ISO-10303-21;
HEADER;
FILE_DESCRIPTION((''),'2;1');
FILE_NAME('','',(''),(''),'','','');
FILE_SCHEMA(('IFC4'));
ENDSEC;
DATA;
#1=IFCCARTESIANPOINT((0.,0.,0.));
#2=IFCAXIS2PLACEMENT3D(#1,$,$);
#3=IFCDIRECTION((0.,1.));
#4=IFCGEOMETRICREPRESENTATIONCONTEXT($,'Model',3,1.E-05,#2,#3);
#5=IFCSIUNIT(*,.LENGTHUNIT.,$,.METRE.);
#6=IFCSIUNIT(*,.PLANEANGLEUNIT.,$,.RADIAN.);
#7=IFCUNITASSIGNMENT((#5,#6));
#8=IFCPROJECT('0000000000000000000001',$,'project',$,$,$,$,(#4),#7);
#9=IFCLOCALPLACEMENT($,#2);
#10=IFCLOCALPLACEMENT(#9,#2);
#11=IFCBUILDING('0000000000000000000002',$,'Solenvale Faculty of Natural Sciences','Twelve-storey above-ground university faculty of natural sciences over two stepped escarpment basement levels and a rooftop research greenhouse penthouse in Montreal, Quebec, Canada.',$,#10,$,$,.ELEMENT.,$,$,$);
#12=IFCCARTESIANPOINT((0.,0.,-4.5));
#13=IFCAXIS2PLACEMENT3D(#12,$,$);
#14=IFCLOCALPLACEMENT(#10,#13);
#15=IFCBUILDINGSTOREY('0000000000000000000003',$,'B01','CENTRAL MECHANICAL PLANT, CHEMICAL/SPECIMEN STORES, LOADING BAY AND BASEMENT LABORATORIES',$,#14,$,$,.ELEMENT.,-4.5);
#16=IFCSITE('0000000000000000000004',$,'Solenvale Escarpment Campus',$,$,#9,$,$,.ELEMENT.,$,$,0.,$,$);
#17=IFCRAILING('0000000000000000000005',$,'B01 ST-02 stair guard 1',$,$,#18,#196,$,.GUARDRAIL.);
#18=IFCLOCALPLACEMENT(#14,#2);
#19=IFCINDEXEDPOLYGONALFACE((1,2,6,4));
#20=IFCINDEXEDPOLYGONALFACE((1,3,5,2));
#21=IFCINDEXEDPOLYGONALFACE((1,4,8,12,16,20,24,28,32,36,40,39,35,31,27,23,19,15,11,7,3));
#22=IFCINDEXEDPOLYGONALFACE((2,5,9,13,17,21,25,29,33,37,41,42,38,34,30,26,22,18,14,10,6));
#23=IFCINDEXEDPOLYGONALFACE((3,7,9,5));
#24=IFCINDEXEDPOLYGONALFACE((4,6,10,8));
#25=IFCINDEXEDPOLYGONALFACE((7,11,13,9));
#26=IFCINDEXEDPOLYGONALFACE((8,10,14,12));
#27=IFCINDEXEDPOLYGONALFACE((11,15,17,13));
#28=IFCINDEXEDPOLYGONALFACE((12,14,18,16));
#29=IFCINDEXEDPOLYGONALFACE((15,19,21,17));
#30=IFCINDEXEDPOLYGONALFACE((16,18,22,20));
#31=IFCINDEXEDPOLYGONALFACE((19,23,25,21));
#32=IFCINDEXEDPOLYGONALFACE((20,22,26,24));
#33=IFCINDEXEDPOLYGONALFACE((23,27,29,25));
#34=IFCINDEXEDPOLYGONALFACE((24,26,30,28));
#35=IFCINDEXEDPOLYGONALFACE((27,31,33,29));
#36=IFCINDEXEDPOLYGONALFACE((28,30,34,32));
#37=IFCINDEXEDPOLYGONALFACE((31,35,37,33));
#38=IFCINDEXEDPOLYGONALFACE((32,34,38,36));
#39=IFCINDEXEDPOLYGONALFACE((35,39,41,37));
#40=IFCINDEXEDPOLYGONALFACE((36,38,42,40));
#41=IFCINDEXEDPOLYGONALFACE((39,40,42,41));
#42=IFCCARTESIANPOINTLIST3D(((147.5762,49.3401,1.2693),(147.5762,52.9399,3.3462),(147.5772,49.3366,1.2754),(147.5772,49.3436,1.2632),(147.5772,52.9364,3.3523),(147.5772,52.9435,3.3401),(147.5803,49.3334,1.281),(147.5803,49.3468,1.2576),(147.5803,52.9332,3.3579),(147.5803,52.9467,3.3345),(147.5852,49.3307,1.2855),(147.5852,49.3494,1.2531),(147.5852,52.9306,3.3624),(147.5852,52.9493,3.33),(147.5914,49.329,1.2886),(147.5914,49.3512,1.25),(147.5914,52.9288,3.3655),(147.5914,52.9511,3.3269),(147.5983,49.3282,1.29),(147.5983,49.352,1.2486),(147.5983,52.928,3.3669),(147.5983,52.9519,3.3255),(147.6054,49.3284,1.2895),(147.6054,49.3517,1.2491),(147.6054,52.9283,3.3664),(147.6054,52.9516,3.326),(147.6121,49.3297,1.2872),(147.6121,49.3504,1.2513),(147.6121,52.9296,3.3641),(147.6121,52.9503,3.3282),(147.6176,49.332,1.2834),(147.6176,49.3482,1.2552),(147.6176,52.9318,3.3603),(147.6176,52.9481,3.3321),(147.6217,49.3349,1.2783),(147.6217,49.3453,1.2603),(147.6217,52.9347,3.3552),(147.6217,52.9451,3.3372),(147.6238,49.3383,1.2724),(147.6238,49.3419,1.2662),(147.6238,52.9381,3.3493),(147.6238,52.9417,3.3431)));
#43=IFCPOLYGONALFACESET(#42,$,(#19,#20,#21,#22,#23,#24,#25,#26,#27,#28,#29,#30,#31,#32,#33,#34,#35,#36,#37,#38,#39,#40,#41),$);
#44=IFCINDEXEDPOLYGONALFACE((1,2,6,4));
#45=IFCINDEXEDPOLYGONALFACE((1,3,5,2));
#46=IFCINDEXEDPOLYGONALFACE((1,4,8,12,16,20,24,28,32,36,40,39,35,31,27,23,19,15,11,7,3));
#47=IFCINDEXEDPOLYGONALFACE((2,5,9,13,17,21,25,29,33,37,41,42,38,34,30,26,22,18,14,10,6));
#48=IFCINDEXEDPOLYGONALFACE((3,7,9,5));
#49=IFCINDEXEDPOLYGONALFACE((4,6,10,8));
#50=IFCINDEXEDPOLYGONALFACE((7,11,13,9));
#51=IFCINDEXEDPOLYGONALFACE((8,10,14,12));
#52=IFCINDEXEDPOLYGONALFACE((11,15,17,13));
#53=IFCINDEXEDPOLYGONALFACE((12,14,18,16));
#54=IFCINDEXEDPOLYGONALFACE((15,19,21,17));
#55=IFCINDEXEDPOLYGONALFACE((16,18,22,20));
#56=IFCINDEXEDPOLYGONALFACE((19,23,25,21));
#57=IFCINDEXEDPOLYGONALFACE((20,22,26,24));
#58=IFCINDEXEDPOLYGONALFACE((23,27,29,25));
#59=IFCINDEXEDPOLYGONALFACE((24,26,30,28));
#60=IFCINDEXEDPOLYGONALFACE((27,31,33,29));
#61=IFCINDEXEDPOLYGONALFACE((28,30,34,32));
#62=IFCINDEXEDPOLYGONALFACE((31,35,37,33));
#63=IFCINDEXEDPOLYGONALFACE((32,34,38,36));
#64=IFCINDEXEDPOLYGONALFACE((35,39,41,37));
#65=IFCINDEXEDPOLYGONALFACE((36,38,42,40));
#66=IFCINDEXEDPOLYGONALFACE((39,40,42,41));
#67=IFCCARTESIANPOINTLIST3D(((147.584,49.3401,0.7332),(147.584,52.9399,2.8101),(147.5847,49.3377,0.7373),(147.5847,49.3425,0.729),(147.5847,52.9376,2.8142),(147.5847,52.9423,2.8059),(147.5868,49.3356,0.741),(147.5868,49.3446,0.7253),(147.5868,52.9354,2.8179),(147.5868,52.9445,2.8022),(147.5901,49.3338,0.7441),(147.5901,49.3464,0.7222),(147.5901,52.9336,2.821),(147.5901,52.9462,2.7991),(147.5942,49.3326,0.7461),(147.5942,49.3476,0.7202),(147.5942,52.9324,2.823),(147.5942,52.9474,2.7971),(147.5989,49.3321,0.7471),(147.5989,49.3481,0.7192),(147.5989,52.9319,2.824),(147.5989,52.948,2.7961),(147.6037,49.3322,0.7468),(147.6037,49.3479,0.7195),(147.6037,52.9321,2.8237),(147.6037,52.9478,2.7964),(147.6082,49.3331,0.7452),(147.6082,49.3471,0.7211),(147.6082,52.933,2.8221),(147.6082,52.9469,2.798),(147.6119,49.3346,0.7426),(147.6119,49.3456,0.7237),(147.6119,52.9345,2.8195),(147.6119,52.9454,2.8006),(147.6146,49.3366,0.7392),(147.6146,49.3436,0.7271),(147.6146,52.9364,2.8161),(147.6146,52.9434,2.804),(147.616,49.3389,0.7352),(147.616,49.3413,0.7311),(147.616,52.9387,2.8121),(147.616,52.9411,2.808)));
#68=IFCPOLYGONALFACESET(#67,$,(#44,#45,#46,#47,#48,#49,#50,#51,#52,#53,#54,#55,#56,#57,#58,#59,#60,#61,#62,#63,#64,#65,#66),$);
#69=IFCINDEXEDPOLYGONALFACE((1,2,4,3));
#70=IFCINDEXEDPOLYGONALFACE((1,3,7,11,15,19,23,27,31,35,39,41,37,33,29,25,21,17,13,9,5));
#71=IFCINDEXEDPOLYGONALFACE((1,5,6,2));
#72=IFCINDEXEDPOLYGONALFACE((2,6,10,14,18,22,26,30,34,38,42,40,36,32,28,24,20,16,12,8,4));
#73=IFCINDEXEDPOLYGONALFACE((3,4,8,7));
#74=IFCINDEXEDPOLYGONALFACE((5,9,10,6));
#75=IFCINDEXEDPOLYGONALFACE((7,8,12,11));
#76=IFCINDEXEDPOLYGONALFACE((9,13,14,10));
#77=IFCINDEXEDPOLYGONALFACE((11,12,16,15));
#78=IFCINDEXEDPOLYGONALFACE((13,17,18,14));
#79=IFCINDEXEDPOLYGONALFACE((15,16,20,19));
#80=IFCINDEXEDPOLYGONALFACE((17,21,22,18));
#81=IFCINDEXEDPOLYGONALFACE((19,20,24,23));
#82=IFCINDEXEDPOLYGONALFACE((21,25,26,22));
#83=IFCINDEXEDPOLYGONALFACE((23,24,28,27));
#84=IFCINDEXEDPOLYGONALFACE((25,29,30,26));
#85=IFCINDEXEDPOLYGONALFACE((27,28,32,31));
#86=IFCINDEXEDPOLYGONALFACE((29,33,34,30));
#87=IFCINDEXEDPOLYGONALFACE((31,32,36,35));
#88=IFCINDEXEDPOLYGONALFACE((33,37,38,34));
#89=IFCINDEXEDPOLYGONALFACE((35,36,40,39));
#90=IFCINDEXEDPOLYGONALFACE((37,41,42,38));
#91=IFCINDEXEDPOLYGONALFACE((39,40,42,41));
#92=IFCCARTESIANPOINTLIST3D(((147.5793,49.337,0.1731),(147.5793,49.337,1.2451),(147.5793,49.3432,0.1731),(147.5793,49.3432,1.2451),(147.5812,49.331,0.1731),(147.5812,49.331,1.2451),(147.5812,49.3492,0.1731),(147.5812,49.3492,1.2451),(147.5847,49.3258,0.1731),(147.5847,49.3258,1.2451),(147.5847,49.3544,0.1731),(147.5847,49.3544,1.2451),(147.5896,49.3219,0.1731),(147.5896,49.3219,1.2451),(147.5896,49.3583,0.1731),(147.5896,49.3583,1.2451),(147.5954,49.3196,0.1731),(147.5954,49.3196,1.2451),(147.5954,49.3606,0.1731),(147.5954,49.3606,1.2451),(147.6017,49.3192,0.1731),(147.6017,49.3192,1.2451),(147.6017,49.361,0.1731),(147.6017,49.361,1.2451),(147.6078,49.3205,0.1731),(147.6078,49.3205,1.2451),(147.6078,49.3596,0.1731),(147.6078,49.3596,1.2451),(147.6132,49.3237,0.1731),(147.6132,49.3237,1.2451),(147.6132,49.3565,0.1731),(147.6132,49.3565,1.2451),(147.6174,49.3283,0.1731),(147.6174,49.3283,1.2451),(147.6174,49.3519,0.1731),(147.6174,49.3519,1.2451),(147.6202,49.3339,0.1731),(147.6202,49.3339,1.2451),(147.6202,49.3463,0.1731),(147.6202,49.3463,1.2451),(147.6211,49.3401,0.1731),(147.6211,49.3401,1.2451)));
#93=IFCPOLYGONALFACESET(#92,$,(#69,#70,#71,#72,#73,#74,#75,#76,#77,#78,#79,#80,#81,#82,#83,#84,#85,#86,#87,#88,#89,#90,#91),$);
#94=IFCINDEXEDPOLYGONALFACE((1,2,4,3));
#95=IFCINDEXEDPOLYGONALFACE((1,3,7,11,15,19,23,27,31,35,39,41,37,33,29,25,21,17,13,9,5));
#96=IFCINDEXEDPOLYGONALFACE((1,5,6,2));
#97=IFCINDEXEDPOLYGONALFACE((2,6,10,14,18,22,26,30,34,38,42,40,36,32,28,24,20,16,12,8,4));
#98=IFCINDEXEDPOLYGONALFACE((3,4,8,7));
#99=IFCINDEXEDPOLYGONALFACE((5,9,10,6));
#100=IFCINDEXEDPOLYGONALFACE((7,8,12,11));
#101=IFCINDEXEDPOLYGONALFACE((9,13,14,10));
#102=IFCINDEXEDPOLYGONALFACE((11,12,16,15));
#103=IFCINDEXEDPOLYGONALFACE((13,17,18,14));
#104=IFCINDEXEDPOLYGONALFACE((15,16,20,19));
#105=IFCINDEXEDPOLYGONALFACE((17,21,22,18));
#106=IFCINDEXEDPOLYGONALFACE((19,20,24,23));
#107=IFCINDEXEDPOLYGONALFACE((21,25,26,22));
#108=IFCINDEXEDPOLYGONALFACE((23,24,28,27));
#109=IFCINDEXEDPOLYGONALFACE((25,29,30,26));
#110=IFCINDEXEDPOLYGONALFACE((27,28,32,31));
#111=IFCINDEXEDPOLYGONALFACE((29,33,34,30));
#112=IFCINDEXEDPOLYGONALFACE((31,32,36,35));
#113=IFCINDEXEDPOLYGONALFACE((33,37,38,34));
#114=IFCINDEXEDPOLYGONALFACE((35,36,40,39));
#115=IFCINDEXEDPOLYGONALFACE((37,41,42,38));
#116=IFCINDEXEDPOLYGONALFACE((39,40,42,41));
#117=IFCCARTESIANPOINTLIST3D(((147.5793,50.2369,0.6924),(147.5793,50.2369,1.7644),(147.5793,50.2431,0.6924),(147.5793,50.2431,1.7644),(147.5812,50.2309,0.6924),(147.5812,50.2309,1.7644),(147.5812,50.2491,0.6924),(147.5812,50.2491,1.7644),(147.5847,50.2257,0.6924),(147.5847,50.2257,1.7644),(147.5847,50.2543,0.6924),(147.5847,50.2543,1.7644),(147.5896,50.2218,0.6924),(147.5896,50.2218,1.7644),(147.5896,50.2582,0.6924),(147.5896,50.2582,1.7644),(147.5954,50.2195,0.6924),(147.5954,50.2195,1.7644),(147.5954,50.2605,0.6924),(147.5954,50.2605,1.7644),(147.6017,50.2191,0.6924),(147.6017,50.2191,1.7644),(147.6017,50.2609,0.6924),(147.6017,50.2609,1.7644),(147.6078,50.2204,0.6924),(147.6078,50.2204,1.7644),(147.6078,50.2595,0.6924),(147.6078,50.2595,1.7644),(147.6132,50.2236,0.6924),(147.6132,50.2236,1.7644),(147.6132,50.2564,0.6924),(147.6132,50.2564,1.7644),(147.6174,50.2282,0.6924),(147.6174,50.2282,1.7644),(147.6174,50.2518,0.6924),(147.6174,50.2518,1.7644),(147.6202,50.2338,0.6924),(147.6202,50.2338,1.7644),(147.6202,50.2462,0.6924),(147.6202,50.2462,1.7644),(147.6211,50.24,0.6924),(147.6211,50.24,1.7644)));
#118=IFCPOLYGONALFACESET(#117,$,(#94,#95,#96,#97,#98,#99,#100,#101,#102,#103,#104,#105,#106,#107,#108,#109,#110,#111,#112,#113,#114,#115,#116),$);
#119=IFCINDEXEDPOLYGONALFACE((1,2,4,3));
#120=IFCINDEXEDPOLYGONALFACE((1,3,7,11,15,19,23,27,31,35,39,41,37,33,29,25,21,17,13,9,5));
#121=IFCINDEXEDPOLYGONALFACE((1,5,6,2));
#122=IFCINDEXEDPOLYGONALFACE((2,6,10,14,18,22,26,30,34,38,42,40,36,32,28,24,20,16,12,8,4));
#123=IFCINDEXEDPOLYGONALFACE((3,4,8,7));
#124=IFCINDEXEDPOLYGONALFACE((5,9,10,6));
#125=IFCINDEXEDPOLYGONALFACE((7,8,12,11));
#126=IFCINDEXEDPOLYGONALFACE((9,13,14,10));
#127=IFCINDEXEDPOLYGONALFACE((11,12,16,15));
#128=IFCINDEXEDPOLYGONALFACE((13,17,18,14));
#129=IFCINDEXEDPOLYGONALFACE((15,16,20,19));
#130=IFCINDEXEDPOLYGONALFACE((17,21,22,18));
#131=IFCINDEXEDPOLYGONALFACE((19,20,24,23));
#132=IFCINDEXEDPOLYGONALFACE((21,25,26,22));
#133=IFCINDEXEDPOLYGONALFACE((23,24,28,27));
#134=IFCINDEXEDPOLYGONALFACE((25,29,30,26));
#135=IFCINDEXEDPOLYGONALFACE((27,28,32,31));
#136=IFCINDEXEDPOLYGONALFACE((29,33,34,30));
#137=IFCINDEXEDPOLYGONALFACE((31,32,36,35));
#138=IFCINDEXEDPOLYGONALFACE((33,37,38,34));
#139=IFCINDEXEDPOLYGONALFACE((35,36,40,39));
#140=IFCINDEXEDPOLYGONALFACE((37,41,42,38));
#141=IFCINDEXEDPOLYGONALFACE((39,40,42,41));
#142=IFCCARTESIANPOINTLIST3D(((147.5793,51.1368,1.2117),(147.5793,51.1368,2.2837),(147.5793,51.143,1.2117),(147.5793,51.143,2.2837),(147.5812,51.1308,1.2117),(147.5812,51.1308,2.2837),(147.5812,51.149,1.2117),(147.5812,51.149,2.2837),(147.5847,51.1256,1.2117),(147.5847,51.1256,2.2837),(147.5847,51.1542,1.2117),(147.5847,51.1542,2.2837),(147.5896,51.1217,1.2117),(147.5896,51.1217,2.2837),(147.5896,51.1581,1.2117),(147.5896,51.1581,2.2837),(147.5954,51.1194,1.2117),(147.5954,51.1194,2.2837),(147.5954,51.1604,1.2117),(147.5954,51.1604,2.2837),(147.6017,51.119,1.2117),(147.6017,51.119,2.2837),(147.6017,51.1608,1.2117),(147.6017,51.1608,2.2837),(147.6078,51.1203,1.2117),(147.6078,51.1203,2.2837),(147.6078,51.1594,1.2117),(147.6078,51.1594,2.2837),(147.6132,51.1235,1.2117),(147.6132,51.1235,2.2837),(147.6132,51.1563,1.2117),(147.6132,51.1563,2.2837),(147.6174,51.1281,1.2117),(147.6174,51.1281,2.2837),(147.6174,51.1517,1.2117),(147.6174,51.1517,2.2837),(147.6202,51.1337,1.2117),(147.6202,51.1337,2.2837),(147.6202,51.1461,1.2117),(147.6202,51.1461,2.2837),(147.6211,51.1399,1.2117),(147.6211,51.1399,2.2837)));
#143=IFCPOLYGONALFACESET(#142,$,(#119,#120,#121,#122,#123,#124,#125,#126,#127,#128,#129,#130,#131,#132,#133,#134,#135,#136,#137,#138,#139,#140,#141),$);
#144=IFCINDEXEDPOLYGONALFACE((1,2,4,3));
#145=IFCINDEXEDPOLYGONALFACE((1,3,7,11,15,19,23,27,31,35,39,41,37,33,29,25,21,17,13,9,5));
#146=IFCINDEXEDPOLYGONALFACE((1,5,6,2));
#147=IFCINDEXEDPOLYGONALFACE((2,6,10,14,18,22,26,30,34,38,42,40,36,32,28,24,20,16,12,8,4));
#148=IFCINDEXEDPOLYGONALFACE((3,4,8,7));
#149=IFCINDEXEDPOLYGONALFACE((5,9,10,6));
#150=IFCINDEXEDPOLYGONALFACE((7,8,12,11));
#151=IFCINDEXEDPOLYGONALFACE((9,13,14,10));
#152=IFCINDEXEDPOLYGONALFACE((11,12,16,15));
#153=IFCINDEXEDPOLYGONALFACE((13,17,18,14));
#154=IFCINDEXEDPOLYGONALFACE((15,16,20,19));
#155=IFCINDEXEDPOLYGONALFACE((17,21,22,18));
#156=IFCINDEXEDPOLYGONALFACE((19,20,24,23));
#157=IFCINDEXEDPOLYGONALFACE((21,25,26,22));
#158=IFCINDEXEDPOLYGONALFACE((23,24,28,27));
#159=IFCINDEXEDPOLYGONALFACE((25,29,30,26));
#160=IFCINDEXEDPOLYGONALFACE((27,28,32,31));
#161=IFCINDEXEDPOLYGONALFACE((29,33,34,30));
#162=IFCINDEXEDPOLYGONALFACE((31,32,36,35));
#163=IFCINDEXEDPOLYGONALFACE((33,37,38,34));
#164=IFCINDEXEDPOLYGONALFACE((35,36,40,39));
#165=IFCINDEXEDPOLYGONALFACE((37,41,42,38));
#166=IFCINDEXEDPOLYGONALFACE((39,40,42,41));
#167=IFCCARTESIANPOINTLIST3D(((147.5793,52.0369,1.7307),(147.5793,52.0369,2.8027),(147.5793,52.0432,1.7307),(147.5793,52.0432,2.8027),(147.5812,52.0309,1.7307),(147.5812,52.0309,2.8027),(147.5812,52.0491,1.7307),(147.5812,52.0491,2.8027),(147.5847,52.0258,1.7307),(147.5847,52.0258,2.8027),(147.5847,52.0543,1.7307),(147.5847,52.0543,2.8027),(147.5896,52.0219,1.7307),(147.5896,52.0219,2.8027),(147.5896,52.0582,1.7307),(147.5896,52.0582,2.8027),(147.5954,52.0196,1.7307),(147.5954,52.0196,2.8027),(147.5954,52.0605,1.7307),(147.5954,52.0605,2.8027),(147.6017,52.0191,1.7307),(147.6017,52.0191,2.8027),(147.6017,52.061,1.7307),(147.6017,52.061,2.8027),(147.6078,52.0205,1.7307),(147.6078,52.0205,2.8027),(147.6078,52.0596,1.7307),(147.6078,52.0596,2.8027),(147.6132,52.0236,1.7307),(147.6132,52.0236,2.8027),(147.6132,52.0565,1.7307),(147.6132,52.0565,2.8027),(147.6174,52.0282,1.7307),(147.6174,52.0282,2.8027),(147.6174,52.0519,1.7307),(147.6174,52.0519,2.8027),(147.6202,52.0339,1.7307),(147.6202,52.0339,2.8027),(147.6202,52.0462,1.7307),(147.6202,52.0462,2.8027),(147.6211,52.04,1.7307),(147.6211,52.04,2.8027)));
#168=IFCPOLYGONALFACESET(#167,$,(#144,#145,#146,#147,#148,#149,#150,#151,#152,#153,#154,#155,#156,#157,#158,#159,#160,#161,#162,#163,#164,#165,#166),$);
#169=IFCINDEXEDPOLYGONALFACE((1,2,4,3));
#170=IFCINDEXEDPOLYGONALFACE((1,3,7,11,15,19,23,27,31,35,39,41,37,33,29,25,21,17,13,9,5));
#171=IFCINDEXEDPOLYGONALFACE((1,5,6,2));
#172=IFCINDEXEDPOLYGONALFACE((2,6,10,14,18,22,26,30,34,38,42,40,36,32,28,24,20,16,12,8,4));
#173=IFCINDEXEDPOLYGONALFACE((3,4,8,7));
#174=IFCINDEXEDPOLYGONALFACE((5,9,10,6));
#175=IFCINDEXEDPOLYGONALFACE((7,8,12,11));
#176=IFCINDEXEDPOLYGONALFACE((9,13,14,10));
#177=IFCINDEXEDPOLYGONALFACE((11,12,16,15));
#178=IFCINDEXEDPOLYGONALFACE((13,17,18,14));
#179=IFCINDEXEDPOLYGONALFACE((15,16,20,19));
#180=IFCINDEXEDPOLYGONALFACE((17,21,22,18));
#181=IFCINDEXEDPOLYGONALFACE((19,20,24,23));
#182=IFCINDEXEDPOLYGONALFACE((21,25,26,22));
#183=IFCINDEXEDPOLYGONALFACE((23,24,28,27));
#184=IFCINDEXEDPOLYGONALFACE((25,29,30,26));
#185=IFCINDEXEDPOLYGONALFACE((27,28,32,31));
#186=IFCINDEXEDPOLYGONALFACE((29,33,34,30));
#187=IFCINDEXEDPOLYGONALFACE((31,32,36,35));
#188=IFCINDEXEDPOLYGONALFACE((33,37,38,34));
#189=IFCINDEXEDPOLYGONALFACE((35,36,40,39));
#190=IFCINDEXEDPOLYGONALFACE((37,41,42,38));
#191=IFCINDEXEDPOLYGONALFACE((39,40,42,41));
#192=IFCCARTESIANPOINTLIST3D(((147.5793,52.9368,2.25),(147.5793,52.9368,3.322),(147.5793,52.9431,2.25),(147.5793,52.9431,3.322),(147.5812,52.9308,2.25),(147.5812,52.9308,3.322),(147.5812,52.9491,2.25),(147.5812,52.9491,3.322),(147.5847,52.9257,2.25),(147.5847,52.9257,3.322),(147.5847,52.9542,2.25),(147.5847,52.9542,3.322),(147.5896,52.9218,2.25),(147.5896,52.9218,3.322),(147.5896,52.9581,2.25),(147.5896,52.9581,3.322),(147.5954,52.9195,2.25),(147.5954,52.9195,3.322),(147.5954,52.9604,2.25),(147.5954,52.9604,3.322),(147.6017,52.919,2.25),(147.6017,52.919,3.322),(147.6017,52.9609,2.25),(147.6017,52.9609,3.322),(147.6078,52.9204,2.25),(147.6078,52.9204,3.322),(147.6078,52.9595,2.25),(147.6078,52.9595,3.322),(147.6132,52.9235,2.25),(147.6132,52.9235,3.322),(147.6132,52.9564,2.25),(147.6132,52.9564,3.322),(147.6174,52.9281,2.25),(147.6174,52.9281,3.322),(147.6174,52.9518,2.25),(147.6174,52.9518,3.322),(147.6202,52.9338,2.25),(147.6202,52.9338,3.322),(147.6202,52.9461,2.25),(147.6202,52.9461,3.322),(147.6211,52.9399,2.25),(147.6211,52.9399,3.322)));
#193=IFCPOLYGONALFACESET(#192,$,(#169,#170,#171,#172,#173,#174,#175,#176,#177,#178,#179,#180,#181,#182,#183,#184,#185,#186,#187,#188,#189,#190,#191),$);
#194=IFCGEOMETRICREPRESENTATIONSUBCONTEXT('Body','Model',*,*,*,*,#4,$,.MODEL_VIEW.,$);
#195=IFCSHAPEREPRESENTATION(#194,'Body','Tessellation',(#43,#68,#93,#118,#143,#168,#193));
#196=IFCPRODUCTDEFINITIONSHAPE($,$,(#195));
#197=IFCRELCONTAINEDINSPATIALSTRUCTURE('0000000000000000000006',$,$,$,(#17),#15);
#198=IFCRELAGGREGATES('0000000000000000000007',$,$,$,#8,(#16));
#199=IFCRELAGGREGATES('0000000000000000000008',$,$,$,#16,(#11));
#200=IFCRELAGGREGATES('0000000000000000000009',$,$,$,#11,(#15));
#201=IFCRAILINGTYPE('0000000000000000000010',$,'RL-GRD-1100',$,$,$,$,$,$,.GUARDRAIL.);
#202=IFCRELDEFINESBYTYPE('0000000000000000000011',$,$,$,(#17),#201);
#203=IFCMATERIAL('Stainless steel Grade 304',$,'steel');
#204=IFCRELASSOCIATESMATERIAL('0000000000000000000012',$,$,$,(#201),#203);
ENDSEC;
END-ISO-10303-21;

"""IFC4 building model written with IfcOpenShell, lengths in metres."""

from ifc_helpers import new_model, si_unit, direction, frame, origin, origin_2d, place, context, subcontext, project, spatial, circle, extrude, material, type_object, element, save


model = new_model("IFC4")

# Units and contexts
model_context = context("Model", 3, precision=1e-05, world=origin(), true_north=direction((0.0, 1.0)))
body_context = subcontext(model_context, "Body", "Model", "MODEL_VIEW")
ifc_project = project(units=[si_unit("LENGTHUNIT", "METRE"), si_unit("PLANEANGLEUNIT", "RADIAN")], contexts=[model_context])

# Site, building, storey
site_placement = place(None, origin())
site = spatial("IfcSite", under=ifc_project, at=site_placement, Name="Solenvale Escarpment Campus", CompositionType="ELEMENT", RefElevation=0.0)
building_placement = place(site_placement, origin())
building = spatial("IfcBuilding", under=site, at=building_placement, Name="Solenvale Faculty of Natural Sciences", Description="Twelve-storey above-ground university faculty of natural sciences over two stepped escarpment basement levels and a rooftop research greenhouse penthouse in Montreal, Quebec, Canada.", CompositionType="ELEMENT")
storey_placement = place(building_placement, frame((0.0, 0.0, -4.5)))
storey = spatial("IfcBuildingStorey", under=building, at=storey_placement, Name="B01", Description="CENTRAL MECHANICAL PLANT, CHEMICAL/SPECIMEN STORES, LOADING BAY AND BASEMENT LABORATORIES", CompositionType="ELEMENT", Elevation=-4.5)

# Railing
ifc_material_1 = material(Name="Stainless steel Grade 304", Category="steel")
railing_type_1 = type_object("IfcRailingType", Name="RL-GRD-1100", PredefinedType="GUARDRAIL", material=ifc_material_1)
railing_1_placement = place(storey_placement, frame((147.6001, 49.3401, 0.1731)))
element("IfcRailing", 1, at=railing_1_placement, inside=storey, type_object=railing_type_1, Name="B01 ST-02 stair guard 1", PredefinedType="GUARDRAIL", context=body_context, shape_type="SweptSolid", body=[
    extrude(circle(Radius=0.0239, at=origin_2d()), frame((0.0, 0.0, 1.0962), z_axis=(0.0, 0.866179, 0.499734), x_axis=(-1.0, 0.0, 0.0)), (0.0, 0.0, 1.0), 4.156),
    extrude(circle(Radius=0.0161, at=origin_2d()), frame((0.0, 0.0, 0.5601), z_axis=(0.0, 0.866179, 0.499734), x_axis=(-1.0, 0.0, 0.0)), (0.0, 0.0, 1.0), 4.156),
    extrude(circle(Radius=0.021, at=origin_2d()), origin(), (0.0, 0.0, 1.0), 1.072),
    extrude(circle(Radius=0.021, at=origin_2d()), frame((0.0, 0.8999, 0.5193)), (0.0, 0.0, 1.0), 1.072),
    extrude(circle(Radius=0.021, at=origin_2d()), frame((0.0, 1.7998, 1.0386)), (0.0, 0.0, 1.0), 1.072),
    extrude(circle(Radius=0.021, at=origin_2d()), frame((0.0, 2.7, 1.5576)), (0.0, 0.0, 1.0), 1.072),
    extrude(circle(Radius=0.021, at=origin_2d()), frame((0.0, 3.5999, 2.0769)), (0.0, 0.0, 1.0), 1.072),
])

save(model, "model.ifc")
